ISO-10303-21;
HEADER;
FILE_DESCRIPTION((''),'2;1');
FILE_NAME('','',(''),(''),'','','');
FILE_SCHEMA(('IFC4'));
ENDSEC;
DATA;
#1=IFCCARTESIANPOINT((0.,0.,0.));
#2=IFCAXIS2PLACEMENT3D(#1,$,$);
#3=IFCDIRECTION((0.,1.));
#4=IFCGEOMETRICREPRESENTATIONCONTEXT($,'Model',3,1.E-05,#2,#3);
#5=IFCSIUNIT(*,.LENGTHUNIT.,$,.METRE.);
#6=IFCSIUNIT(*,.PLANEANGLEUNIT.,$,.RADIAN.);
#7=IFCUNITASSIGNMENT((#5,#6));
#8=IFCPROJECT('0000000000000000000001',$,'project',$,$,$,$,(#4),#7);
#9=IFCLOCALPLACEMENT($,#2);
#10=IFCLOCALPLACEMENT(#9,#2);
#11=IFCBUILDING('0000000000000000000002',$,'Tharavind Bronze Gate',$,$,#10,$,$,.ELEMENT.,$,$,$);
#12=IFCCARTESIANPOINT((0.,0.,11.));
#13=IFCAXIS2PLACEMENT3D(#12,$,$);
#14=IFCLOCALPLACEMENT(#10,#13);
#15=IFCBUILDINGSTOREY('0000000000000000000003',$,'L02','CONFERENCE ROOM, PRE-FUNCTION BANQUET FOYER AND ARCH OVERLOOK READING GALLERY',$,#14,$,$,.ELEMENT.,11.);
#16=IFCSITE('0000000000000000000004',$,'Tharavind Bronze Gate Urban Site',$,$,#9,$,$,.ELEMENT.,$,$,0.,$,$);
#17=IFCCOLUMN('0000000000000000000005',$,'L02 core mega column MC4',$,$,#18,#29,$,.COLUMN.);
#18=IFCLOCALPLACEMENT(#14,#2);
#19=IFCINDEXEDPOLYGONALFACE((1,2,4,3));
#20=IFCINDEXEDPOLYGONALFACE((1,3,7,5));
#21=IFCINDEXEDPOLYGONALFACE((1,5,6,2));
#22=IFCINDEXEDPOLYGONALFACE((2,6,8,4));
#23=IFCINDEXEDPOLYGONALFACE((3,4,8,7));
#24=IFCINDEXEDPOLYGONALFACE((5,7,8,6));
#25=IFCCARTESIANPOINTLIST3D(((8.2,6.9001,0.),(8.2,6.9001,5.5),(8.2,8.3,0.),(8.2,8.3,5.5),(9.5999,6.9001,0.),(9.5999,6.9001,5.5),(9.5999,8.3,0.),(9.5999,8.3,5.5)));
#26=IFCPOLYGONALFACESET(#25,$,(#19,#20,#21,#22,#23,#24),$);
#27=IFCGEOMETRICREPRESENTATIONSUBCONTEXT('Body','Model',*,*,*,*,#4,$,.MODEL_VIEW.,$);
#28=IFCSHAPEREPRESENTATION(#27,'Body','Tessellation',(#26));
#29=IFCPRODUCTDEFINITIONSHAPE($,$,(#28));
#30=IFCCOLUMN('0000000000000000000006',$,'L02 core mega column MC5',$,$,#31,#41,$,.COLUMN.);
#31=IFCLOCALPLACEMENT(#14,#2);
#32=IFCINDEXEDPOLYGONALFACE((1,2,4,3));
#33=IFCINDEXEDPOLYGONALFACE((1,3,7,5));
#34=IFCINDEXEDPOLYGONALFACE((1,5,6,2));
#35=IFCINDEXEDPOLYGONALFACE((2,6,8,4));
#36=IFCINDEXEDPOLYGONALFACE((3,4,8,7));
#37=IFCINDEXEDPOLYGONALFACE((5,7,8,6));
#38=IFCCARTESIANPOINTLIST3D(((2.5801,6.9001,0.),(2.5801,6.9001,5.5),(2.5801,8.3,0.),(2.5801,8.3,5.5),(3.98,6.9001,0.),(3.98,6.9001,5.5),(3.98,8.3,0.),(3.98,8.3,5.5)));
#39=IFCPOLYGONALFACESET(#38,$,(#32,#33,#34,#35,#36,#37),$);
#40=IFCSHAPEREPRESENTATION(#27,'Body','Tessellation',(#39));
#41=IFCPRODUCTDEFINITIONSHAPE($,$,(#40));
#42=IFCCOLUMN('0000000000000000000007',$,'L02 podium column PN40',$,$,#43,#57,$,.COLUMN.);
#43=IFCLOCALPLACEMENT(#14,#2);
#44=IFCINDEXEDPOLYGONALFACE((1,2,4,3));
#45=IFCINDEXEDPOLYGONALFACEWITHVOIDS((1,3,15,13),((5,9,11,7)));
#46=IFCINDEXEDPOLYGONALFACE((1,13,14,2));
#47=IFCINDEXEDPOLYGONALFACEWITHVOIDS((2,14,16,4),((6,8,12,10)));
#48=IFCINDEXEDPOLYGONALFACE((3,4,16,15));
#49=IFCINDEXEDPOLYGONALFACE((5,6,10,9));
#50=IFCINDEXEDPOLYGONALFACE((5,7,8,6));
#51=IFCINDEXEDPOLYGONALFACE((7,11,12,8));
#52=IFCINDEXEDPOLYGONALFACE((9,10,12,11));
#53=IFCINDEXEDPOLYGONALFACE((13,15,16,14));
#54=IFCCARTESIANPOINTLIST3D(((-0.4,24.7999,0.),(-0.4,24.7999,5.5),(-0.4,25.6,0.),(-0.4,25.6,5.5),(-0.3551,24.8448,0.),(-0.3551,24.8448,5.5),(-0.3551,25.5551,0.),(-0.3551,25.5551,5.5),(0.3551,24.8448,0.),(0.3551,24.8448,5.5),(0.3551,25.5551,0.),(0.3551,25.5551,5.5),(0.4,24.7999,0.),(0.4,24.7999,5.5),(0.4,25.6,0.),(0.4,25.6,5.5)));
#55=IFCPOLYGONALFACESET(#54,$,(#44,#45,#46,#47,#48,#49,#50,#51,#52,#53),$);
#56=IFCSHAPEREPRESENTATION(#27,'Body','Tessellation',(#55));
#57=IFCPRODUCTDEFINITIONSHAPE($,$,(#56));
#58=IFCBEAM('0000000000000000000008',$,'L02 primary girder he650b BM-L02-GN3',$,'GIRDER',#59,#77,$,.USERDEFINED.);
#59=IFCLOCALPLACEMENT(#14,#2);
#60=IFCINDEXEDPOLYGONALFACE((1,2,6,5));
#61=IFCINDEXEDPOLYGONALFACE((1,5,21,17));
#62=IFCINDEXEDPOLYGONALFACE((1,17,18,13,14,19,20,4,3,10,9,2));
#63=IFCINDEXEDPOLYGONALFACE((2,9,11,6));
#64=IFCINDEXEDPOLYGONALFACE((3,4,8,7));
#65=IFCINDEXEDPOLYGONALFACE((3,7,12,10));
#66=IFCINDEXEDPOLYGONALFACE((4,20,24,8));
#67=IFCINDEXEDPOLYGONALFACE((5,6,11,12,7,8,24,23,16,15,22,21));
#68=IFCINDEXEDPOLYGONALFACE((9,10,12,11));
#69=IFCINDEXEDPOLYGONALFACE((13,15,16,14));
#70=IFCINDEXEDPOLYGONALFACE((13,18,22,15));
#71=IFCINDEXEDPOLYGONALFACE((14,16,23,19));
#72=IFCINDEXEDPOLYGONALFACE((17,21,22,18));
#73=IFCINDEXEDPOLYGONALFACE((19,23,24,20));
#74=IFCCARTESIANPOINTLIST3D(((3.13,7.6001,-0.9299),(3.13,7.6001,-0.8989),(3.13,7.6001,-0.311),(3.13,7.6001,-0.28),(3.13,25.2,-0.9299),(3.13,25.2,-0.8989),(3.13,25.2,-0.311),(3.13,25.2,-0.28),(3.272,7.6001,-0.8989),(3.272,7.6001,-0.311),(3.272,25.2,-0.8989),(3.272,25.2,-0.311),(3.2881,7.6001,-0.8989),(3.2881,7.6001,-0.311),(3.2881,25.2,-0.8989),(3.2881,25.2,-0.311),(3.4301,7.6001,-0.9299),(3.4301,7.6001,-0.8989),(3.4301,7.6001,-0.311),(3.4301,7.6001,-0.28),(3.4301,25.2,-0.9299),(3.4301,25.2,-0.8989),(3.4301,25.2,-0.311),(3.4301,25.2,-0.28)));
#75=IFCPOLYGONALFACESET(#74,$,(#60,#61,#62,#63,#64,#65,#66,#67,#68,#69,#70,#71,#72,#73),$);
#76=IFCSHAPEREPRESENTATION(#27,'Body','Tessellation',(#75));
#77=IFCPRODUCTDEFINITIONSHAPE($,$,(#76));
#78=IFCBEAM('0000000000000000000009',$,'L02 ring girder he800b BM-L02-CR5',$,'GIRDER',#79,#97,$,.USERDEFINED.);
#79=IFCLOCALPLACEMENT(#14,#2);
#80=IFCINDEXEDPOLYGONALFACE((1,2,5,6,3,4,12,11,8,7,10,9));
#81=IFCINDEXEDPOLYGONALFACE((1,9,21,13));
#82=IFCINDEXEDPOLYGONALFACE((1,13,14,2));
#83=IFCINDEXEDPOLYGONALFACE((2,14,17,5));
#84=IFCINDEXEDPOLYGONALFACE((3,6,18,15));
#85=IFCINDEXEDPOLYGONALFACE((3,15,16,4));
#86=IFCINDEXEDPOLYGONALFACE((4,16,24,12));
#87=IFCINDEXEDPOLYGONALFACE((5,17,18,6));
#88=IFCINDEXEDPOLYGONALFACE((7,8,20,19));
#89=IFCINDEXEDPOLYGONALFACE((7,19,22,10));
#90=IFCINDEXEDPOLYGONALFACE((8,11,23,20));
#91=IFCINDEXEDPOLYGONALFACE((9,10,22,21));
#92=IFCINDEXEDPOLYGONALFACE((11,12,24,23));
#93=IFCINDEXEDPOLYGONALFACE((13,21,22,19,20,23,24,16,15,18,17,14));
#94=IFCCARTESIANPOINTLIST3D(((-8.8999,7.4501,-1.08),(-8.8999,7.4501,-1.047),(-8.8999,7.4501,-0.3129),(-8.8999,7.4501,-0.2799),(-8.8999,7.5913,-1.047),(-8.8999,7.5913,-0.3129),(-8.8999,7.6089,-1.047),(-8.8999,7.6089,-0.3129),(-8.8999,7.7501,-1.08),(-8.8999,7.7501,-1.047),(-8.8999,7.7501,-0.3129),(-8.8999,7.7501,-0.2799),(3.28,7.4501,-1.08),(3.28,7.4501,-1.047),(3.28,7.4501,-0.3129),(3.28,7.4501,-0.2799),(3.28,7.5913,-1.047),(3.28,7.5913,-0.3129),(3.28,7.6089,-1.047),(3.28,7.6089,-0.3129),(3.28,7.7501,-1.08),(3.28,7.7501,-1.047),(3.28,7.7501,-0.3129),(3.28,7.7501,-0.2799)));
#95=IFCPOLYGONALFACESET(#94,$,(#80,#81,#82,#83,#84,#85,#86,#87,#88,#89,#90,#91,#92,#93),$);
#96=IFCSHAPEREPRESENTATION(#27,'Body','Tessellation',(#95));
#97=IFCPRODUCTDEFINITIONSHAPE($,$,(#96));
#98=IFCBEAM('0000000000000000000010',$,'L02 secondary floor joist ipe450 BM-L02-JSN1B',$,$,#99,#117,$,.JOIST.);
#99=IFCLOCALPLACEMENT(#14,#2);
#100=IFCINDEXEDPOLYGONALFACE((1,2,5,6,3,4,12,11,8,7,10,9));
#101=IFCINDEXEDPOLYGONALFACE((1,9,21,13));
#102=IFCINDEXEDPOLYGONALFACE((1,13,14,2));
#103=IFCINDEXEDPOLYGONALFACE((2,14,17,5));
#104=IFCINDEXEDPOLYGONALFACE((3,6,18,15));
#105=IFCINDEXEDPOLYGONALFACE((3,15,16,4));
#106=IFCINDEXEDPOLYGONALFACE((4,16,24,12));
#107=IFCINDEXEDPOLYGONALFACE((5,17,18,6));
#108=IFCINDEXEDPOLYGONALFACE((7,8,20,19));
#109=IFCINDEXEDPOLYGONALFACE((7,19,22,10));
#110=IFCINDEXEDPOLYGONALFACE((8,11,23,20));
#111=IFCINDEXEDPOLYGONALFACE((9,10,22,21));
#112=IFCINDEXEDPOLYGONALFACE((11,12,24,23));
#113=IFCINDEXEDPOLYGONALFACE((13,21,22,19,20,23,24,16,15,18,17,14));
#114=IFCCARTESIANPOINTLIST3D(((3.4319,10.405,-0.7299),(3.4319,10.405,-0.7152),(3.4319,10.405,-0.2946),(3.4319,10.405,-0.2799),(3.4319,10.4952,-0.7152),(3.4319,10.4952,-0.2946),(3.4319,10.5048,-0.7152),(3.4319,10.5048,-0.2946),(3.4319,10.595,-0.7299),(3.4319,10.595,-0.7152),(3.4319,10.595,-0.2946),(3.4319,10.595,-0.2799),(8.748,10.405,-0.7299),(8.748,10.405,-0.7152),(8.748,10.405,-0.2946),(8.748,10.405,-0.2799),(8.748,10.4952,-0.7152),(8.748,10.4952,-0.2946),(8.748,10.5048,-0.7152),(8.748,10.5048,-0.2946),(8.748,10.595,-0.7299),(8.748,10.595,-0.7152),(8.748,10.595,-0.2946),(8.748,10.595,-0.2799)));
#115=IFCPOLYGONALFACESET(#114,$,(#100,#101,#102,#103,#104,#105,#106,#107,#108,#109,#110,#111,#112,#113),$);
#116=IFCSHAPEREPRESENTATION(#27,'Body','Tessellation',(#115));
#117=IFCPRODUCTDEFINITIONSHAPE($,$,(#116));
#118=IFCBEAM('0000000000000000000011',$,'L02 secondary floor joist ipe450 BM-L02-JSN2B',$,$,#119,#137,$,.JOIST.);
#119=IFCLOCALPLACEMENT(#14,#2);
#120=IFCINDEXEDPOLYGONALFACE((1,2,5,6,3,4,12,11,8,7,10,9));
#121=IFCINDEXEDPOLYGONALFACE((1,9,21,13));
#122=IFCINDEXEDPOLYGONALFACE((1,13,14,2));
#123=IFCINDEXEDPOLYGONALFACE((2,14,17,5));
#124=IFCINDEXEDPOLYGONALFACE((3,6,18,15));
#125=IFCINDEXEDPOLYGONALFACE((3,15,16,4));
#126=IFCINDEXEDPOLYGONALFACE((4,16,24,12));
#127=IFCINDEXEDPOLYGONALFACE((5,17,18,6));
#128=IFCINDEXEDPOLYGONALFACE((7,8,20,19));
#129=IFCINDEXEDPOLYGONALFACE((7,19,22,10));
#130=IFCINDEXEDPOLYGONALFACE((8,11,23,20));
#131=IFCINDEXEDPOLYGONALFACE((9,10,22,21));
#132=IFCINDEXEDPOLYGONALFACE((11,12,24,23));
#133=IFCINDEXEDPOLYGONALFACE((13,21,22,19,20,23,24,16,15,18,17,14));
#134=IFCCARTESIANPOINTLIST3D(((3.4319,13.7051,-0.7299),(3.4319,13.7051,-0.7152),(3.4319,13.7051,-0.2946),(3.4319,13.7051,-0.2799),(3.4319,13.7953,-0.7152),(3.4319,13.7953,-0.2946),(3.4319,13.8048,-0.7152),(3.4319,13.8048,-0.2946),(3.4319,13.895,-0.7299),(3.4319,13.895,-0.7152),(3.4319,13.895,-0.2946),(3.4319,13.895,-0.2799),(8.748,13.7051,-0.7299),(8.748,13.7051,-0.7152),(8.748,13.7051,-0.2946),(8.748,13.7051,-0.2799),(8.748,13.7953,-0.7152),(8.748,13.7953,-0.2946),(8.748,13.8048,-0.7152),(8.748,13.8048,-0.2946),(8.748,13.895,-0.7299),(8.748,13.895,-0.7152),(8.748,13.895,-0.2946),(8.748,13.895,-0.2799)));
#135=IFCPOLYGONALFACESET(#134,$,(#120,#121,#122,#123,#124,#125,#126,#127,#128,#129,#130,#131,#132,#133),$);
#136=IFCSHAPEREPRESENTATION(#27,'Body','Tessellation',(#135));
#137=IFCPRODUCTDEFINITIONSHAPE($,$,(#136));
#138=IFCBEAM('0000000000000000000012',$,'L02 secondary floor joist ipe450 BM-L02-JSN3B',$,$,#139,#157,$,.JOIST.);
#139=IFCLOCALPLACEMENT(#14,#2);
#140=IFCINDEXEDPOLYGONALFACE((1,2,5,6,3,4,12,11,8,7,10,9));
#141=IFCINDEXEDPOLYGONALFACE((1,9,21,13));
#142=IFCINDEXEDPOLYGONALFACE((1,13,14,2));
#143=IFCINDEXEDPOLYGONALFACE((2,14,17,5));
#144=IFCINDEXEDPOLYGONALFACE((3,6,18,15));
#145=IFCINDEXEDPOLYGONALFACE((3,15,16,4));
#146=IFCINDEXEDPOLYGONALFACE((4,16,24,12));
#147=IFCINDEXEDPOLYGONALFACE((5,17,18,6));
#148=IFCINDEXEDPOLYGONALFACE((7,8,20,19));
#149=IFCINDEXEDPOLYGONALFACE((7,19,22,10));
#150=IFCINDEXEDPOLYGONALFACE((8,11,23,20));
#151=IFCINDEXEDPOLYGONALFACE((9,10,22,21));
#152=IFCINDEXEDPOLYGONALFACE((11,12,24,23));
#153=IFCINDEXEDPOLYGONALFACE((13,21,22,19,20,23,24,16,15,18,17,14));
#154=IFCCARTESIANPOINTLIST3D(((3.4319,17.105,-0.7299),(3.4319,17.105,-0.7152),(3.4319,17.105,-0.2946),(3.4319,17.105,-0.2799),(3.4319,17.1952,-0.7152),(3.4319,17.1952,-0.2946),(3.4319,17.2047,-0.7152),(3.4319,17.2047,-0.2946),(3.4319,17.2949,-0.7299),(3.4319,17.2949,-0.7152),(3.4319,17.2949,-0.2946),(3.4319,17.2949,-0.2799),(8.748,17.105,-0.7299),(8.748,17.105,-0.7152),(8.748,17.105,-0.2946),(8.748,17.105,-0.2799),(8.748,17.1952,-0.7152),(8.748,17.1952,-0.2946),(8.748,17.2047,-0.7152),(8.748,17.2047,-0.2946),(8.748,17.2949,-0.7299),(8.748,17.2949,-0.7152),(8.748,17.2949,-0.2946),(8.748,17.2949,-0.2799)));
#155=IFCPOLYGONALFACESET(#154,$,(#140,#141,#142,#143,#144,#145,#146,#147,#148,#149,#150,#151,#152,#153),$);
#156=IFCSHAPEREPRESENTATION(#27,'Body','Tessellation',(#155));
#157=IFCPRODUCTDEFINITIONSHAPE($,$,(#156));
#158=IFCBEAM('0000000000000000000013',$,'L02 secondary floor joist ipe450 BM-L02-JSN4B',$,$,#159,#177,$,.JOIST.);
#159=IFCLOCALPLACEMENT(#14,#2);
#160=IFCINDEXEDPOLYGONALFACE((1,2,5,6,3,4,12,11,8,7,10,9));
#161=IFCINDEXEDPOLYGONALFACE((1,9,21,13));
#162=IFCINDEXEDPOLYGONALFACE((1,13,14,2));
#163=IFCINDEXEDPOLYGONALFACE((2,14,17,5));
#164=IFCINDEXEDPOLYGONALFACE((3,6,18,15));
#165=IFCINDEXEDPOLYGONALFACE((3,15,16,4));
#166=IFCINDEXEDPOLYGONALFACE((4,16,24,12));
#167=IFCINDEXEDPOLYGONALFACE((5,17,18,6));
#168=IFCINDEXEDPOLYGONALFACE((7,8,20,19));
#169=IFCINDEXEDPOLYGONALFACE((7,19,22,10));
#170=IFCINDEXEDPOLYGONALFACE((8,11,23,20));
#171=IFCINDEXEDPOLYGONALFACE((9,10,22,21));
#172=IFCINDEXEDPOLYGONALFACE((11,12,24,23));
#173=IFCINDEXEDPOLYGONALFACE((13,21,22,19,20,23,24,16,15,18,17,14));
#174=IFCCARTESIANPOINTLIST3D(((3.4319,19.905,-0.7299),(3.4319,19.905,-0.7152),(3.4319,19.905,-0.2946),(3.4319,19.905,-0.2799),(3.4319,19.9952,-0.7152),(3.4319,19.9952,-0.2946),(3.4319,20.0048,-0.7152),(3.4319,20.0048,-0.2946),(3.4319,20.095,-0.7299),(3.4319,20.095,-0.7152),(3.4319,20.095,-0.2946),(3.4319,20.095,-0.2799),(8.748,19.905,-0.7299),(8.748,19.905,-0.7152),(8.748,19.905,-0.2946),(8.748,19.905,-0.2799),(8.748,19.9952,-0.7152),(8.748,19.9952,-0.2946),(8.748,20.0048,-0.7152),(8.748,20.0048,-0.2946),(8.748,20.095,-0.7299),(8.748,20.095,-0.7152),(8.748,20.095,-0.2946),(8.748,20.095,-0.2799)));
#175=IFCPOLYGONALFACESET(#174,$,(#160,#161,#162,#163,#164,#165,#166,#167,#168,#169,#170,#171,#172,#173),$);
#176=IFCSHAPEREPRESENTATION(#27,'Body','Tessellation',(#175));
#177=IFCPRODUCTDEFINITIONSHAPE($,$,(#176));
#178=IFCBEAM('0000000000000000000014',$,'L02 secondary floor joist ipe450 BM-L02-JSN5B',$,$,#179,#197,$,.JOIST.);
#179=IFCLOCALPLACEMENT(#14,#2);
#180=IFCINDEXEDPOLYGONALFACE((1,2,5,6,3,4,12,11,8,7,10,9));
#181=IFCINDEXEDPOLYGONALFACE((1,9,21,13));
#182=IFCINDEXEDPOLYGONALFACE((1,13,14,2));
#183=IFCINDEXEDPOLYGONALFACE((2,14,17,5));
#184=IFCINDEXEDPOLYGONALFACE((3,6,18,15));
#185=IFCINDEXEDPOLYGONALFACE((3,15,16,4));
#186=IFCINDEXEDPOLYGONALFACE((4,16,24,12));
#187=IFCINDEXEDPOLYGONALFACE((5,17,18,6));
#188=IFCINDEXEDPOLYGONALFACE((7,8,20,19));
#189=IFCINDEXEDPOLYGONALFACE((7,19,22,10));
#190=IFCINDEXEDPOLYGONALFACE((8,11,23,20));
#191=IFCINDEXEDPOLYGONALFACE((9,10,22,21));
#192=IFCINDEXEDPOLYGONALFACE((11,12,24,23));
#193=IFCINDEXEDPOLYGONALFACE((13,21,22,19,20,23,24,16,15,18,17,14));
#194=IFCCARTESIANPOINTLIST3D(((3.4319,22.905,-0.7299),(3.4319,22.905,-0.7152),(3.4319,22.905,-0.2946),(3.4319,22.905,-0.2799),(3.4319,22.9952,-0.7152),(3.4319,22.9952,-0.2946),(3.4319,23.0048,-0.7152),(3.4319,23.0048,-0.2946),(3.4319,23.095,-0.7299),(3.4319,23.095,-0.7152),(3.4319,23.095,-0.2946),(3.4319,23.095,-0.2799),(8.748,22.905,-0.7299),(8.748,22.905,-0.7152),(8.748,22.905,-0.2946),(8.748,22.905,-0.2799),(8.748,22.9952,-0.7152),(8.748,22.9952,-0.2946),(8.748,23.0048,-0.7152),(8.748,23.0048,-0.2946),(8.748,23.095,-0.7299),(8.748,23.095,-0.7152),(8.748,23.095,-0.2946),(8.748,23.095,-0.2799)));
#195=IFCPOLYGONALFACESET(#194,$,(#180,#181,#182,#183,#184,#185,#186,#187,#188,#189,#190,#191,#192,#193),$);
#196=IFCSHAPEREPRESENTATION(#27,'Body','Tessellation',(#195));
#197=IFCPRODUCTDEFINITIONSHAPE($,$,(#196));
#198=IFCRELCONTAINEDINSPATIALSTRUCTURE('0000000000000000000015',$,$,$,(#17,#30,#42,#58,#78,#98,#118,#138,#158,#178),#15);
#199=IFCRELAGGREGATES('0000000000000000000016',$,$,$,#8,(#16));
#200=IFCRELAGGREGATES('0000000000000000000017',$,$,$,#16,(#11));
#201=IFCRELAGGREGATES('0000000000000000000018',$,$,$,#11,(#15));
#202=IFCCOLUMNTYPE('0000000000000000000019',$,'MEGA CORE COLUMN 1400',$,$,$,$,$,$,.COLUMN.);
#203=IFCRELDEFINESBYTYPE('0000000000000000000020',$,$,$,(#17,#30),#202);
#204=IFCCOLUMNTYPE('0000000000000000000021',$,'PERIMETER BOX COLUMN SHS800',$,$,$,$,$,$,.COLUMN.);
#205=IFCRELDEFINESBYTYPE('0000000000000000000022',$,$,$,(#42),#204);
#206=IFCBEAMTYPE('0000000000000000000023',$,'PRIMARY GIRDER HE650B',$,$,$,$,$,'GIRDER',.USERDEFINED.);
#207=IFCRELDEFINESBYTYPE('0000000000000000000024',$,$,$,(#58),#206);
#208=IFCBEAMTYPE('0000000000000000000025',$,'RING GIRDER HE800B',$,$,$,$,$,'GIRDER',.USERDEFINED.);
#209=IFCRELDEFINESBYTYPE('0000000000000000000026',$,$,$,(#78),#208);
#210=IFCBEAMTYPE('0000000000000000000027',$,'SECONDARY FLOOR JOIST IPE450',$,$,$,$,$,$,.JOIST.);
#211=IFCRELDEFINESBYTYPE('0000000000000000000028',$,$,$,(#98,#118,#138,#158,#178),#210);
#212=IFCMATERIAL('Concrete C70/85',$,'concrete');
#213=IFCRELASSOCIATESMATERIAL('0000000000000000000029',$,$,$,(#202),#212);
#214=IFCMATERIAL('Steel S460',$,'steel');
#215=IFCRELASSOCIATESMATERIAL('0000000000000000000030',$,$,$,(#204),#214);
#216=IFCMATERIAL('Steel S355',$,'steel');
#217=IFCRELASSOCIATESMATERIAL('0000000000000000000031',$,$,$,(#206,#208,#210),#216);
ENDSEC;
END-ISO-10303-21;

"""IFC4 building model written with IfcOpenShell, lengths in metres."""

from ifc_helpers import new_model, si_unit, direction, frame, origin, origin_2d, place, context, subcontext, project, spatial, rectangle, hollow_rectangle, i_section, extrude, material, material_profile, profile_set, type_object, element, save


model = new_model("IFC4")

# Units and contexts
model_context = context("Model", 3, precision=1e-05, world=origin(), true_north=direction((0.0, 1.0)))
body_context = subcontext(model_context, "Body", "Model", "MODEL_VIEW")
ifc_project = project(units=[si_unit("LENGTHUNIT", "METRE"), si_unit("PLANEANGLEUNIT", "RADIAN")], contexts=[model_context])

# Site, building, storey
site_placement = place(None, origin())
site = spatial("IfcSite", under=ifc_project, at=site_placement, Name="Tharavind Bronze Gate Urban Site", CompositionType="ELEMENT", RefElevation=0.0)
building_placement = place(site_placement, origin())
building = spatial("IfcBuilding", under=site, at=building_placement, Name="Tharavind Bronze Gate", CompositionType="ELEMENT")
storey_placement = place(building_placement, frame((0.0, 0.0, 11.0)))
storey = spatial("IfcBuildingStorey", under=building, at=storey_placement, Name="L02", Description="CONFERENCE ROOM, PRE-FUNCTION BANQUET FOYER AND ARCH OVERLOOK READING GALLERY", CompositionType="ELEMENT", Elevation=11.0)

# Columns
ifc_material_1 = material(Name="Concrete C70/85", Category="concrete")
ifc_material_profile_1 = material_profile(ifc_material_1, rectangle(XDim=1.3999, YDim=1.3999, at=origin_2d()), Name="RCCOL1400")
ifc_profile_set_1 = profile_set([ifc_material_profile_1], Name="Concrete C70/85")
column_type_1 = type_object("IfcColumnType", Name="MEGA CORE COLUMN 1400", PredefinedType="COLUMN", material=ifc_profile_set_1)
for number, where, z_axis, x_axis, name in (
    (1, (8.8999, 7.6001, 0.0), (0.0, 0.0, 1.0), (1.0, 0.0, 0.0), "L02 core mega column MC4"),
    (2, (3.28, 7.6001, 0.0), (0.0, 0.0, 1.0), (1.0, 0.0, 0.0), "L02 core mega column MC5"),
):
    element("IfcColumn", number, at=place(storey_placement, frame(where, z_axis=z_axis, x_axis=x_axis)), inside=storey, type_object=column_type_1, Name=name, PredefinedType="COLUMN", context=body_context, shape_type="SweptSolid", body=[
        extrude(rectangle(XDim=1.3999, YDim=1.3999, at=origin_2d()), origin(), (0.0, 0.0, 1.0), 5.5),
    ])
ifc_material_2 = material(Name="Steel S460", Category="steel")
ifc_material_profile_2 = material_profile(ifc_material_2, hollow_rectangle(XDim=0.8, YDim=0.8, WallThickness=0.0449, at=origin_2d()), Name="SHS800X45")
ifc_profile_set_2 = profile_set([ifc_material_profile_2], Name="Steel S460")
column_type_2 = type_object("IfcColumnType", Name="PERIMETER BOX COLUMN SHS800", PredefinedType="COLUMN", material=ifc_profile_set_2)
column_placement = place(storey_placement, frame((0.0, 25.2, 0.0), z_axis=(0.0, 0.0, 1.0), x_axis=(1.0, 0.0, 0.0)))
element("IfcColumn", 3, at=column_placement, inside=storey, type_object=column_type_2, Name="L02 podium column PN40", PredefinedType="COLUMN", context=body_context, shape_type="SweptSolid", body=[
    extrude(hollow_rectangle(XDim=0.8, YDim=0.8, WallThickness=0.0449, at=origin_2d()), origin(), (0.0, 0.0, 1.0), 5.5),
])

# Beams
ifc_material_3 = material(Name="Steel S355", Category="steel")
ifc_material_profile_3 = material_profile(ifc_material_3, i_section(OverallWidth=0.3, OverallDepth=0.6499, WebThickness=0.0161, FlangeThickness=0.031, at=origin_2d()), Name="HE650B")
ifc_profile_set_3 = profile_set([ifc_material_profile_3], Name="Steel S355")
beam_type_1 = type_object("IfcBeamType", Name="PRIMARY GIRDER HE650B", ElementType="GIRDER", PredefinedType="USERDEFINED", material=ifc_profile_set_3)
beam_1_placement = place(storey_placement, frame((3.28, 25.2, -0.605), z_axis=(0.0, -1.0, 0.0), x_axis=(1.0, 0.0, 0.0)))
element("IfcBeam", 4, at=beam_1_placement, inside=storey, type_object=beam_type_1, Name="L02 primary girder he650b BM-L02-GN3", ObjectType="GIRDER", PredefinedType="USERDEFINED", context=body_context, shape_type="SweptSolid", body=[
    extrude(i_section(OverallWidth=0.3, OverallDepth=0.6499, WebThickness=0.0161, FlangeThickness=0.031, at=origin_2d()), origin(), (0.0, 0.0, 1.0), 17.5999),
])
ifc_material_profile_4 = material_profile(ifc_material_3, i_section(OverallWidth=0.3, OverallDepth=0.8, WebThickness=0.0176, FlangeThickness=0.033, at=origin_2d()), Name="HE800B")
ifc_profile_set_4 = profile_set([ifc_material_profile_4], Name="Steel S355")
beam_type_2 = type_object("IfcBeamType", Name="RING GIRDER HE800B", ElementType="GIRDER", PredefinedType="USERDEFINED", material=ifc_profile_set_4)
beam_2_placement = place(storey_placement, frame((3.28, 7.6001, -0.6799), z_axis=(-1.0, 0.0, 0.0), x_axis=(0.0, -1.0, 0.0)))
element("IfcBeam", 5, at=beam_2_placement, inside=storey, type_object=beam_type_2, Name="L02 ring girder he800b BM-L02-CR5", ObjectType="GIRDER", PredefinedType="USERDEFINED", context=body_context, shape_type="SweptSolid", body=[
    extrude(i_section(OverallWidth=0.3, OverallDepth=0.8, WebThickness=0.0176, FlangeThickness=0.033, at=origin_2d()), origin(), (0.0, 0.0, 1.0), 12.1799),
])
ifc_material_profile_5 = material_profile(ifc_material_3, i_section(OverallWidth=0.1899, OverallDepth=0.45, WebThickness=0.0095, FlangeThickness=0.0146, at=origin_2d()), Name="IPE450")
ifc_profile_set_5 = profile_set([ifc_material_profile_5], Name="Steel S355")
beam_type_3 = type_object("IfcBeamType", Name="SECONDARY FLOOR JOIST IPE450", PredefinedType="JOIST", material=ifc_profile_set_5)
for number, where, z_axis, x_axis, name in (
    (6, (3.4319, 10.5, -0.5049), (1.0, 0.0, 0.0), (0.0, 1.0, 0.0), "L02 secondary floor joist ipe450 BM-L02-JSN1B"),
    (7, (3.4319, 13.8, -0.5049), (1.0, 0.0, 0.0), (0.0, 1.0, 0.0), "L02 secondary floor joist ipe450 BM-L02-JSN2B"),
    (8, (3.4319, 17.2, -0.5049), (1.0, 0.0, 0.0), (0.0, 1.0, 0.0), "L02 secondary floor joist ipe450 BM-L02-JSN3B"),
    (9, (3.4319, 20.0, -0.5049), (1.0, 0.0, 0.0), (0.0, 1.0, 0.0), "L02 secondary floor joist ipe450 BM-L02-JSN4B"),
    (10, (3.4319, 23.0, -0.5049), (1.0, 0.0, 0.0), (0.0, 1.0, 0.0), "L02 secondary floor joist ipe450 BM-L02-JSN5B"),
):
    element("IfcBeam", number, at=place(storey_placement, frame(where, z_axis=z_axis, x_axis=x_axis)), inside=storey, type_object=beam_type_3, Name=name, PredefinedType="JOIST", context=body_context, shape_type="SweptSolid", body=[
        extrude(i_section(OverallWidth=0.1899, OverallDepth=0.45, WebThickness=0.0095, FlangeThickness=0.0146, at=origin_2d()), origin(), (0.0, 0.0, 1.0), 5.3162),
    ])

save(model, "model.ifc")
